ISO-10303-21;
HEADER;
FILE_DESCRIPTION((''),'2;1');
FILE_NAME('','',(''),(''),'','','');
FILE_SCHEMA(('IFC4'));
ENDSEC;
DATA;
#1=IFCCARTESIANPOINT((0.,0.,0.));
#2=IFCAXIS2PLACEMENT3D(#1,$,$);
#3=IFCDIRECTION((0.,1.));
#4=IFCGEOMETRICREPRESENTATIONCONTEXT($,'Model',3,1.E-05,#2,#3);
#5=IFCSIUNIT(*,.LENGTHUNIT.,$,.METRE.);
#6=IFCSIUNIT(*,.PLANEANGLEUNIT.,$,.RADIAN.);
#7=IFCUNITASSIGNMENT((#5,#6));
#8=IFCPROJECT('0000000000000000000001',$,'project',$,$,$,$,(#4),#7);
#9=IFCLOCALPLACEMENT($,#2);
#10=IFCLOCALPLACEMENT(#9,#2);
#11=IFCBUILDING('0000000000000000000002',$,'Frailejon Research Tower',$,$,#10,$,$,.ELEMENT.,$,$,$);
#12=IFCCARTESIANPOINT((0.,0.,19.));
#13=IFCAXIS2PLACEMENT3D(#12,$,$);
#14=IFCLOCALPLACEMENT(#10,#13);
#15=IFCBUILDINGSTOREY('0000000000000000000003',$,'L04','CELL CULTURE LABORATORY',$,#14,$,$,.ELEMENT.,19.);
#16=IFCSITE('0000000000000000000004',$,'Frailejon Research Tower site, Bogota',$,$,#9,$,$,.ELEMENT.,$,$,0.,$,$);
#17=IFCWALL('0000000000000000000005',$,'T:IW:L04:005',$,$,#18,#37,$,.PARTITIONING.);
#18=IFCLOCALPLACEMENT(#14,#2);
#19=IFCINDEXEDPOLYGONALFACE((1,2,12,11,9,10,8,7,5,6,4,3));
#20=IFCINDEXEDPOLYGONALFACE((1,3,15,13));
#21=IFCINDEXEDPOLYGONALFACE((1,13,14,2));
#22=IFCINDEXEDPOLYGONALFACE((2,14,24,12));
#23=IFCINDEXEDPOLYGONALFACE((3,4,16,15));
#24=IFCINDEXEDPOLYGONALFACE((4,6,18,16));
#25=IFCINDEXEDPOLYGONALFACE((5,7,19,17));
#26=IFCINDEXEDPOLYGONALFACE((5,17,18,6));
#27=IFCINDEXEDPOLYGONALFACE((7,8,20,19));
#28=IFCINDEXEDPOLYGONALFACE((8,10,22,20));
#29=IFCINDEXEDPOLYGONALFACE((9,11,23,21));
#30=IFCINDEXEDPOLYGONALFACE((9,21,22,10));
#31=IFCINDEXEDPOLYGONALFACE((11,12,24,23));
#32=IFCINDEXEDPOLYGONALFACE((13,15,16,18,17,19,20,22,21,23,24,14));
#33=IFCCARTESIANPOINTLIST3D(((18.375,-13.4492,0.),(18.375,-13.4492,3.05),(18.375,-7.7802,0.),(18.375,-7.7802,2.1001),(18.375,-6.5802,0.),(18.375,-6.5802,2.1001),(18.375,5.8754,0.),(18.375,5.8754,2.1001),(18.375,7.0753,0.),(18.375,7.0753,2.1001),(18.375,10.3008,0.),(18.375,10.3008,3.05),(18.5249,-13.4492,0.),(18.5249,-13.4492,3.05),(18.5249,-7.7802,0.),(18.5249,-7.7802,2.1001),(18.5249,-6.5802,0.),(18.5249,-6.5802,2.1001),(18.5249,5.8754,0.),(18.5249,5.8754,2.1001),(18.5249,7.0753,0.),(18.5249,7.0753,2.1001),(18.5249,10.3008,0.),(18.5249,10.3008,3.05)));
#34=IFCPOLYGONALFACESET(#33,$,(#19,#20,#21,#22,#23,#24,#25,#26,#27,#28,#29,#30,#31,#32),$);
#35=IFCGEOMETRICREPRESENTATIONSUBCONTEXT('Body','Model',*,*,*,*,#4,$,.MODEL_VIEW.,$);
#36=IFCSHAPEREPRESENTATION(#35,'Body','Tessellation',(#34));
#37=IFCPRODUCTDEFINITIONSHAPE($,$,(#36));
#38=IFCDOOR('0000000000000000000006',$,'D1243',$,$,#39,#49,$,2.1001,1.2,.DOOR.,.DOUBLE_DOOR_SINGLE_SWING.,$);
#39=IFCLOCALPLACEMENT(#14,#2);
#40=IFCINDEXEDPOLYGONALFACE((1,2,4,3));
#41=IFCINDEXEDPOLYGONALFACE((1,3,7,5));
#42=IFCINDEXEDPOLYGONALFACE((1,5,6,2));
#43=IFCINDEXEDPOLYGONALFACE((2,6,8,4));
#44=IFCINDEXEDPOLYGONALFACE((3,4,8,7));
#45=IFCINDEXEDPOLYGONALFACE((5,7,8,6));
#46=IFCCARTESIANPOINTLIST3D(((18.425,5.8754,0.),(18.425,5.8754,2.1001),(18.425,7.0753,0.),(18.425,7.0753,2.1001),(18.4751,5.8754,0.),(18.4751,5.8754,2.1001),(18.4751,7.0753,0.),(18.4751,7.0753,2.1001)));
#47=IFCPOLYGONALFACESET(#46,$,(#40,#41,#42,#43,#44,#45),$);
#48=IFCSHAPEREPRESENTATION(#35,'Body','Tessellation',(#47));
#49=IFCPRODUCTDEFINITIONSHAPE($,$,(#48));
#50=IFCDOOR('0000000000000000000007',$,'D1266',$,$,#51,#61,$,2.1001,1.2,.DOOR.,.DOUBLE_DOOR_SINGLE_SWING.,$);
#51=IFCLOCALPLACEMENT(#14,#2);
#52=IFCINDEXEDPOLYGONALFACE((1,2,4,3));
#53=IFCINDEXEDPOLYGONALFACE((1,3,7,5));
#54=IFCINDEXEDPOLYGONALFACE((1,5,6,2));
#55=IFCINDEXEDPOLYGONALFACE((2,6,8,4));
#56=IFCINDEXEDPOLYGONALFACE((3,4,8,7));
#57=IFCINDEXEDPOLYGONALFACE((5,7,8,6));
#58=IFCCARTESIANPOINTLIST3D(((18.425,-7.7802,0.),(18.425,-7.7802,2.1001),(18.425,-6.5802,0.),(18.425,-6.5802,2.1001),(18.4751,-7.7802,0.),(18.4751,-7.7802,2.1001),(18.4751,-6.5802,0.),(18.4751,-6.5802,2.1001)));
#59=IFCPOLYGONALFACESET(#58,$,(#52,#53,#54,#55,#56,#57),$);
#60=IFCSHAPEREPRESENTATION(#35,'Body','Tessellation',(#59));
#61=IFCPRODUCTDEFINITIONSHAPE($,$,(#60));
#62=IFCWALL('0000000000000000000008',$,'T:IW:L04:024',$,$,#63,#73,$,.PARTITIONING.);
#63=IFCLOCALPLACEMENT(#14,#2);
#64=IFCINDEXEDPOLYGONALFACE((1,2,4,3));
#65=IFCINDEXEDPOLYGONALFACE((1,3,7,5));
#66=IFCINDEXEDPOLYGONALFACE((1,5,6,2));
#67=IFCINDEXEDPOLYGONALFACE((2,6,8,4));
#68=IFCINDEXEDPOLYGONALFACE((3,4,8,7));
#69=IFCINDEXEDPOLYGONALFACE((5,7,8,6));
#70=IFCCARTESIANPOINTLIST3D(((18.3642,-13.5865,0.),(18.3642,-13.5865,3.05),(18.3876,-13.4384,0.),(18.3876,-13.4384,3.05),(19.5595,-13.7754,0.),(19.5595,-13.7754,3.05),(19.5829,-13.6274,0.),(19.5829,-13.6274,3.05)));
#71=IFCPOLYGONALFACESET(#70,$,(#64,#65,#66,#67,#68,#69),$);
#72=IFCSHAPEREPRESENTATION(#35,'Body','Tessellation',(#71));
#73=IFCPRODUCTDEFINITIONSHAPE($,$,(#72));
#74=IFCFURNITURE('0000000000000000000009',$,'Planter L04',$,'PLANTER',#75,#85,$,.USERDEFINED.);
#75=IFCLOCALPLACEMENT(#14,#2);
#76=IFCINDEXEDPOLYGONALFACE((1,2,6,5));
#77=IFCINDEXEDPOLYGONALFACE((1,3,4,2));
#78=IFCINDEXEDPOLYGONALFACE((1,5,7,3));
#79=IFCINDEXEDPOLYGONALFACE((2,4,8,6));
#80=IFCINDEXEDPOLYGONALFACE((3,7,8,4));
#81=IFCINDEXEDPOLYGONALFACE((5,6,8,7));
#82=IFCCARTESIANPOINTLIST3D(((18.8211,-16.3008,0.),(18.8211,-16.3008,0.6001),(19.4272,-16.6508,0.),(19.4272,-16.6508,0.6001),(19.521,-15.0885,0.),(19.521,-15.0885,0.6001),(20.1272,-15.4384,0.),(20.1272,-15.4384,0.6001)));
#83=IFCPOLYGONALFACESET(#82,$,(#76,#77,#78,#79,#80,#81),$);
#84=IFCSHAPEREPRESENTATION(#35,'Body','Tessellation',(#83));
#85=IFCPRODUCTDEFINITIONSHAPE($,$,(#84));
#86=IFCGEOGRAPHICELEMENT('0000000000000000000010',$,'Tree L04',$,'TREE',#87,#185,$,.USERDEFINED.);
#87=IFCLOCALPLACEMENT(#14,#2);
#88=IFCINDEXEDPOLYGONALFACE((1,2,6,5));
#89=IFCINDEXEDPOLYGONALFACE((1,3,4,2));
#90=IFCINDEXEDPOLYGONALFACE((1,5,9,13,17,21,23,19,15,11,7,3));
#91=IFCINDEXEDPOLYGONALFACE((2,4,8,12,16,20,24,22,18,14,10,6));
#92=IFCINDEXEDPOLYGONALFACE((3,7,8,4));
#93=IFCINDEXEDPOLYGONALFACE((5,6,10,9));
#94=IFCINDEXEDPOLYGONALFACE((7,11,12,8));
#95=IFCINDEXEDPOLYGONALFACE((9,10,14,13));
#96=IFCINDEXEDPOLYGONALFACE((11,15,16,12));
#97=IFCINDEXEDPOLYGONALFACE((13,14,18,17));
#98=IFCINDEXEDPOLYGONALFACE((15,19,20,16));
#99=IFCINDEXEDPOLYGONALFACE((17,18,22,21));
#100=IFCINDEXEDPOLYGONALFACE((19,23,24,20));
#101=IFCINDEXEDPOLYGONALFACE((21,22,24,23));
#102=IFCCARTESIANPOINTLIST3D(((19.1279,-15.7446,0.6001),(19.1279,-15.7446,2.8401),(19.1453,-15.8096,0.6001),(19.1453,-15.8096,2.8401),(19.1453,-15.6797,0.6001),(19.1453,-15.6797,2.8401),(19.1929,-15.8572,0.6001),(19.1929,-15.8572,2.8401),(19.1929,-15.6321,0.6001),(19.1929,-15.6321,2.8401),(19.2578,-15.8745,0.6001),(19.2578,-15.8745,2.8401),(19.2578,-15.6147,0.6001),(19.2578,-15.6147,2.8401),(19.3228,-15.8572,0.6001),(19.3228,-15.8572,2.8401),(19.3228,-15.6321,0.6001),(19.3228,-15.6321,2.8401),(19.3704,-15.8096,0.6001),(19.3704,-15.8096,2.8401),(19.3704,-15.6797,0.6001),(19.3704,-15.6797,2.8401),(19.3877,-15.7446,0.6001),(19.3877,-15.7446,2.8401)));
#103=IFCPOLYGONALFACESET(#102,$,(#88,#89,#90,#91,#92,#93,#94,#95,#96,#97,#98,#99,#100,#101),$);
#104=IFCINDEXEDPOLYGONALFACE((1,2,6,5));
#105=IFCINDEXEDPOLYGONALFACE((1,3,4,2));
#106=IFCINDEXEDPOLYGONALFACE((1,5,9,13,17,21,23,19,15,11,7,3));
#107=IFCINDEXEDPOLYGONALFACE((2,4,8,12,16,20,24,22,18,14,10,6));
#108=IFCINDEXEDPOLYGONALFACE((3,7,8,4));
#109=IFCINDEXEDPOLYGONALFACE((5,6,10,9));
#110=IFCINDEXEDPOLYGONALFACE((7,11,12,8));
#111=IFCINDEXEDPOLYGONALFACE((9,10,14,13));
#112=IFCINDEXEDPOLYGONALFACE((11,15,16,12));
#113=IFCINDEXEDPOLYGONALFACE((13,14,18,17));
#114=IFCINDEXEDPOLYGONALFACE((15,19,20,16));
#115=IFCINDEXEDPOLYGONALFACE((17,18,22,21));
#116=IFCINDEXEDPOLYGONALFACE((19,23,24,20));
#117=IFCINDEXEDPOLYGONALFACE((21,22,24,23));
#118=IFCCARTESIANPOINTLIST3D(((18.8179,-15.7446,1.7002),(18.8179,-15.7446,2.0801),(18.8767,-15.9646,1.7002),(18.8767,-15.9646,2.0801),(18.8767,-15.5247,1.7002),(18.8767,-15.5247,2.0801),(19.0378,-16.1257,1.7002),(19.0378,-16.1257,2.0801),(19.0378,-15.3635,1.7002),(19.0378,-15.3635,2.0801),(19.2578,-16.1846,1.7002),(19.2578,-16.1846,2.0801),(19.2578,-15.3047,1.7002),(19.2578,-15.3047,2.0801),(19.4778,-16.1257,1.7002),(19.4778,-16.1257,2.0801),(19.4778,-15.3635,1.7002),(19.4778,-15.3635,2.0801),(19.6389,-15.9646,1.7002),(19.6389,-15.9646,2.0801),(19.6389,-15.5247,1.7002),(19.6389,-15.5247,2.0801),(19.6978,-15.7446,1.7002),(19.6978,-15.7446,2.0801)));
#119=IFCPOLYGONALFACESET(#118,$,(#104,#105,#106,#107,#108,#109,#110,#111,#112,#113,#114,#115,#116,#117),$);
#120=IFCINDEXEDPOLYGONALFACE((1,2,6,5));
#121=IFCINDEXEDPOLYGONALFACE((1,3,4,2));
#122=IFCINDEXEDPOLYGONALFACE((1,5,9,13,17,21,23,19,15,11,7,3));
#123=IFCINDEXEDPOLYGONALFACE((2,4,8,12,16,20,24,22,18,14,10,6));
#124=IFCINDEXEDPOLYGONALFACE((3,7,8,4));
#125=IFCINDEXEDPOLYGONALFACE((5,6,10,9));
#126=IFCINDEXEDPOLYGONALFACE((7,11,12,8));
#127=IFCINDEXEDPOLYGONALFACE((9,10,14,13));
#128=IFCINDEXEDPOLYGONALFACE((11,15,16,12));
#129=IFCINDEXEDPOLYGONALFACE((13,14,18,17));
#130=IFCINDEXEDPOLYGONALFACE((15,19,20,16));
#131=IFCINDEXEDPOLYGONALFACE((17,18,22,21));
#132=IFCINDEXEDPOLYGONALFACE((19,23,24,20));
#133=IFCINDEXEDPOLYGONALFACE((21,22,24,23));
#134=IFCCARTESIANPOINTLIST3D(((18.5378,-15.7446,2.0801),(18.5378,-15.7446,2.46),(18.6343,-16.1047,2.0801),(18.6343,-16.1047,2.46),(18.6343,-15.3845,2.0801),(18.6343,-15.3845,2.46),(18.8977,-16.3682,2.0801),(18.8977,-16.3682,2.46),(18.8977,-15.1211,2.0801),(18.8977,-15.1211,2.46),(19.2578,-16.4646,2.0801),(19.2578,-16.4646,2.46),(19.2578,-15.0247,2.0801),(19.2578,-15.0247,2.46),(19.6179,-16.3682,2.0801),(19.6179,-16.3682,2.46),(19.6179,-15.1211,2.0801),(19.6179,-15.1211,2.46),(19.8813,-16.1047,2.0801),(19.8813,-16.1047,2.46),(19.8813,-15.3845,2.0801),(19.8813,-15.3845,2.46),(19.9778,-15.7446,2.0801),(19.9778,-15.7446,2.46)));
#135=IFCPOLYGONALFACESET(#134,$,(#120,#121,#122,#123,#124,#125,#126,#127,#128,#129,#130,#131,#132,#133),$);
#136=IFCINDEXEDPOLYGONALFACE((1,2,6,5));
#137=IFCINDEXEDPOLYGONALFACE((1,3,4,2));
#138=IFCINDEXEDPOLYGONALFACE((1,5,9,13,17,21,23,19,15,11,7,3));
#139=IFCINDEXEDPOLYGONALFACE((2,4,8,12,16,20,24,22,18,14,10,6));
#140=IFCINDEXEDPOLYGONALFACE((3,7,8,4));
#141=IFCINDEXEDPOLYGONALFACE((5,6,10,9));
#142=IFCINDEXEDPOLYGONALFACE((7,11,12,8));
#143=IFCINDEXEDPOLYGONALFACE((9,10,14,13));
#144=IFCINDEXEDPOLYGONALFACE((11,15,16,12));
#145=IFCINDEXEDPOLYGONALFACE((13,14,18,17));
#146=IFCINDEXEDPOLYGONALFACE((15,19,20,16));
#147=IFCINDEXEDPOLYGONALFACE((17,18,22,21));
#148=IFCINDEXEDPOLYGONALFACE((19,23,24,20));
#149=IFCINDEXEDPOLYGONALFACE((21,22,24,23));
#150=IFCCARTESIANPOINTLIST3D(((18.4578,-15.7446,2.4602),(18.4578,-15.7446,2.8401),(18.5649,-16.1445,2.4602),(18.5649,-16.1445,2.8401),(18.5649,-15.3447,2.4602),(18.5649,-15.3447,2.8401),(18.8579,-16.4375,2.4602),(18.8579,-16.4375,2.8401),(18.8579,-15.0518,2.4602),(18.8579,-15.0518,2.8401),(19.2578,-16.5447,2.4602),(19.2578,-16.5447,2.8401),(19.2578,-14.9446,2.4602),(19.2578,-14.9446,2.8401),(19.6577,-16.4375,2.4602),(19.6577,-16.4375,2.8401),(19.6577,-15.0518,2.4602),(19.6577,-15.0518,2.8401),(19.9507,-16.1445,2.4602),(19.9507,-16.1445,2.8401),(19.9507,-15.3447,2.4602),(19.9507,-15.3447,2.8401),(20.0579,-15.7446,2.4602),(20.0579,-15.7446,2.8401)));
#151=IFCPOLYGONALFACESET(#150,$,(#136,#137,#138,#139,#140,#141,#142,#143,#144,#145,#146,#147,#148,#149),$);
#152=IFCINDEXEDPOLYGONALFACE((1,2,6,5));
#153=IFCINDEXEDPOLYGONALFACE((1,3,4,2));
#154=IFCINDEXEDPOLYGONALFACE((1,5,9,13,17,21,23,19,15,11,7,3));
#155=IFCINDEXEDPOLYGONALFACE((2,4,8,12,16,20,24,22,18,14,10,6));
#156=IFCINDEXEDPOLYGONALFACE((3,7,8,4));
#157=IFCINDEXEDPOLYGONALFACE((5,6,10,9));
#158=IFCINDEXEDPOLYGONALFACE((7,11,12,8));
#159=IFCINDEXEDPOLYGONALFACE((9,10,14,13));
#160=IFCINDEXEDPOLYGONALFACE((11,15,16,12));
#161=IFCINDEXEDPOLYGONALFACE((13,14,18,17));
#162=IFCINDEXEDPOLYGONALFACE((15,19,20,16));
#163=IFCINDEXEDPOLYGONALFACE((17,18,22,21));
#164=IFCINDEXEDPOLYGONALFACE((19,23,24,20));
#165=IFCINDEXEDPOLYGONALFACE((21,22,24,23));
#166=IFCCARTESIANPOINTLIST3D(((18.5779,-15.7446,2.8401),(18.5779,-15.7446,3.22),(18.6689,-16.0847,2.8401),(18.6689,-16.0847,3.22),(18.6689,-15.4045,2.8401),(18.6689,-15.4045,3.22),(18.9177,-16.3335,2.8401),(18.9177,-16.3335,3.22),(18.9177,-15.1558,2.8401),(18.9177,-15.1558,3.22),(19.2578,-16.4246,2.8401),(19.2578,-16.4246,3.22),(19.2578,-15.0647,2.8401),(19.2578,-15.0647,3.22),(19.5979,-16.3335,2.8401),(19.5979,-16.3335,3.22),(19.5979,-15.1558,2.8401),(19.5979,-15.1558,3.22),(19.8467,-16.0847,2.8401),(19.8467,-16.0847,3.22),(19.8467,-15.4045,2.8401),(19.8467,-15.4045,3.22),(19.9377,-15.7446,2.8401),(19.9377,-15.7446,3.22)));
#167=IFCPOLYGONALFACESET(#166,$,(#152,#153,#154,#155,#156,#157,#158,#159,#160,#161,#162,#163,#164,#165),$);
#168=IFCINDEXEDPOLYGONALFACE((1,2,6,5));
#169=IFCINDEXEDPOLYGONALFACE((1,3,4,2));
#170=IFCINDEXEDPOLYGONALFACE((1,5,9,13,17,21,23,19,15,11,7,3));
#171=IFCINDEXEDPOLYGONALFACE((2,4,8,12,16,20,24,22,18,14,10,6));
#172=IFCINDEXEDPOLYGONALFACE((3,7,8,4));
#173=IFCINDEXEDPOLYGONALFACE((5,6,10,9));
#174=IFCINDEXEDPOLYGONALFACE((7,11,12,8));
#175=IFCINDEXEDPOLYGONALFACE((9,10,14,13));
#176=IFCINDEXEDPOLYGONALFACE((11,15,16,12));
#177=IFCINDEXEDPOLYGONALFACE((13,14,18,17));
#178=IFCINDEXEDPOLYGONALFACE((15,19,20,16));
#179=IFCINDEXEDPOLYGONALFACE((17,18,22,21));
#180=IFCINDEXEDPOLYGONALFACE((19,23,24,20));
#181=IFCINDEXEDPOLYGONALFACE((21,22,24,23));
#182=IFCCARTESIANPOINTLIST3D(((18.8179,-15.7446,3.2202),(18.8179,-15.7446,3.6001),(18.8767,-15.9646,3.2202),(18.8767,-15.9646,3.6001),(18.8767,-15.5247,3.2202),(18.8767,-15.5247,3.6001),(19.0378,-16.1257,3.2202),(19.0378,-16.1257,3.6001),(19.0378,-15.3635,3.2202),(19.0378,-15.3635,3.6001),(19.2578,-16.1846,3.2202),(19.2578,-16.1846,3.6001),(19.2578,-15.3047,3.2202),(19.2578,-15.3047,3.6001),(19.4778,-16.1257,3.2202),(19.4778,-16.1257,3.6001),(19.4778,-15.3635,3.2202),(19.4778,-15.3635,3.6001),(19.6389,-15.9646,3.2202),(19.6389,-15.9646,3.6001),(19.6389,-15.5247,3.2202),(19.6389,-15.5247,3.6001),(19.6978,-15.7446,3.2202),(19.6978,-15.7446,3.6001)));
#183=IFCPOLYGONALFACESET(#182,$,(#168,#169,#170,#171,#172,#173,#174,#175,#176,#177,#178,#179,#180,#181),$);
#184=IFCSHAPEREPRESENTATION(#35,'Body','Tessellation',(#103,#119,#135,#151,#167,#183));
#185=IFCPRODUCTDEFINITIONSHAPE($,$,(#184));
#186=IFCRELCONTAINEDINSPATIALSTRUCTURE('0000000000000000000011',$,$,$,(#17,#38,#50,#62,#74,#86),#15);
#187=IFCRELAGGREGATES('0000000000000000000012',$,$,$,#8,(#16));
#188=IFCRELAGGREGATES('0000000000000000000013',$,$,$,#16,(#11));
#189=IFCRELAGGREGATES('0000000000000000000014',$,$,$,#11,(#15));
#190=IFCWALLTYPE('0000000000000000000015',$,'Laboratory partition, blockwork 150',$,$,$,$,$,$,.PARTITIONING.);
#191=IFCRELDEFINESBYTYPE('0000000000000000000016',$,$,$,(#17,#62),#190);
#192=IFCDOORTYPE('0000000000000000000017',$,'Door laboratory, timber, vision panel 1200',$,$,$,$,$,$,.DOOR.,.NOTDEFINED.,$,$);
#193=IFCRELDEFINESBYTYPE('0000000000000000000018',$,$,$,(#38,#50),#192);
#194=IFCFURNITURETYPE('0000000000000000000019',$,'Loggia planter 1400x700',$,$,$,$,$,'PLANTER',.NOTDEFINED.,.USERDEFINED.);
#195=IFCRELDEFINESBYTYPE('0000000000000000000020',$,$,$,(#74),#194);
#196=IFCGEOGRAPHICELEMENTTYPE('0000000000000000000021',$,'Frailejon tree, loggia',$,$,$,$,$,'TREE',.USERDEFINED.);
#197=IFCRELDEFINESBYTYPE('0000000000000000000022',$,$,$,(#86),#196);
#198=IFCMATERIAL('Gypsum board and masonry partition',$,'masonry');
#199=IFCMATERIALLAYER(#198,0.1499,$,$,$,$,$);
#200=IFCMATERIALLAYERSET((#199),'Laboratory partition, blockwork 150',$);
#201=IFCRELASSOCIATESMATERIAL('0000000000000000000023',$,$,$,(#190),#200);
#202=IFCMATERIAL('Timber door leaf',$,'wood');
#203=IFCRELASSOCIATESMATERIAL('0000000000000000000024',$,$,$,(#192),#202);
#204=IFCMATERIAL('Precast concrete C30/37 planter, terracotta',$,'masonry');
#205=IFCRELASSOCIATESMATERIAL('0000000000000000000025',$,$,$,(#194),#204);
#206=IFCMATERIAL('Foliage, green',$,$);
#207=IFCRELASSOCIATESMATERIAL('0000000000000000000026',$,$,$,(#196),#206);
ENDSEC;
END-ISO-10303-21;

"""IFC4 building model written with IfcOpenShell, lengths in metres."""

from ifc_helpers import new_model, si_unit, direction, frame, frame_2d, origin, origin_2d, place, context, subcontext, project, spatial, polyline, rectangle, outline, extrude, material, layer, layer_set, type_object, element, fill, save


model = new_model("IFC4")

# Units and contexts
model_context = context("Model", 3, precision=1e-05, world=origin(), true_north=direction((0.0, 1.0)))
body_context = subcontext(model_context, "Body", "Model", "MODEL_VIEW")
ifc_project = project(units=[si_unit("LENGTHUNIT", "METRE"), si_unit("PLANEANGLEUNIT", "RADIAN")], contexts=[model_context])

# Site, building, storey
site_placement = place(None, origin())
site = spatial("IfcSite", under=ifc_project, at=site_placement, Name="Frailejon Research Tower site, Bogota", CompositionType="ELEMENT", RefElevation=0.0)
building_placement = place(site_placement, origin())
building = spatial("IfcBuilding", under=site, at=building_placement, Name="Frailejon Research Tower", CompositionType="ELEMENT")
storey_placement = place(building_placement, frame((0.0, 0.0, 19.0)))
storey = spatial("IfcBuildingStorey", under=building, at=storey_placement, Name="L04", Description="CELL CULTURE LABORATORY", CompositionType="ELEMENT", Elevation=19.0)

# Wall, openings, doors
ifc_material_1 = material(Name="Gypsum board and masonry partition", Category="masonry")
ifc_layer_1 = layer(ifc_material_1, 0.1499)
ifc_layer_set_1 = layer_set([ifc_layer_1], Name="Laboratory partition, blockwork 150")
wall_type_1 = type_object("IfcWallType", Name="Laboratory partition, blockwork 150", PredefinedType="PARTITIONING", material=ifc_layer_set_1)
wall_1_placement = place(storey_placement, frame((18.45, -13.4492, 0.0), z_axis=(0.0, 0.0, 1.0), x_axis=(0.0, 1.0, 0.0)))
wall_1 = element("IfcWall", 1, at=wall_1_placement, inside=storey, type_object=wall_type_1, Name="T:IW:L04:005", PredefinedType="PARTITIONING", context=body_context, shape_type="SweptSolid", body=[
    extrude(rectangle(XDim=23.75, YDim=0.1499, at=frame_2d((11.875, 0.0))), origin(), (0.0, 0.0, 1.0), 3.05),
])
opening_1_placement = place(wall_1_placement, frame((19.3245, 0.0, 0.0)))
opening_1 = element("IfcOpeningElement", 2, at=opening_1_placement, cuts=wall_1, PredefinedType="OPENING", context=body_context, shape_type="SweptSolid", body=[
    extrude(rectangle(XDim=1.2, YDim=2.1001, at=frame_2d((0.6001, 1.05))), frame((0.0, 0.085, 0.0), z_axis=(0.0, -1.0, 0.0), x_axis=(1.0, 0.0, 0.0)), (0.0, 0.0, 1.0), 0.1699),
])
opening_2_placement = place(wall_1_placement, frame((5.6689, 0.0, 0.0)))
opening_2 = element("IfcOpeningElement", 3, at=opening_2_placement, cuts=wall_1, PredefinedType="OPENING", context=body_context, shape_type="SweptSolid", body=[
    extrude(rectangle(XDim=1.2, YDim=2.1001, at=frame_2d((0.6001, 1.05))), frame((0.0, 0.085, 0.0), z_axis=(0.0, -1.0, 0.0), x_axis=(1.0, 0.0, 0.0)), (0.0, 0.0, 1.0), 0.1699),
])
ifc_material_2 = material(Name="Timber door leaf", Category="wood")
door_type_1 = type_object("IfcDoorType", Name="Door laboratory, timber, vision panel 1200", OperationType="NOTDEFINED", PredefinedType="DOOR", material=ifc_material_2)
door_1_placement = place(opening_1_placement, origin())
door_1 = element("IfcDoor", 4, at=door_1_placement, inside=storey, type_object=door_type_1, Name="D1243", OperationType="DOUBLE_DOOR_SINGLE_SWING", OverallHeight=2.1001, OverallWidth=1.2, PredefinedType="DOOR", context=body_context, shape_type="SweptSolid", body=[
    extrude(rectangle(XDim=1.2, YDim=2.1001, at=frame_2d((0.6001, 1.05))), frame((0.0, 0.0249, 0.0), z_axis=(0.0, -1.0, 0.0), x_axis=(1.0, 0.0, 0.0)), (0.0, 0.0, 1.0), 0.05),
])
fill(opening_1, door_1)
door_2_placement = place(opening_2_placement, origin())
door_2 = element("IfcDoor", 5, at=door_2_placement, inside=storey, type_object=door_type_1, Name="D1266", OperationType="DOUBLE_DOOR_SINGLE_SWING", OverallHeight=2.1001, OverallWidth=1.2, PredefinedType="DOOR", context=body_context, shape_type="SweptSolid", body=[
    extrude(rectangle(XDim=1.2, YDim=2.1001, at=frame_2d((0.6001, 1.05))), frame((0.0, 0.0249, 0.0), z_axis=(0.0, -1.0, 0.0), x_axis=(1.0, 0.0, 0.0)), (0.0, 0.0, 1.0), 0.05),
])
fill(opening_2, door_2)

# Wall
wall_2_placement = place(storey_placement, frame((18.376, -13.5125, 0.0), z_axis=(0.0, 0.0, 1.0), x_axis=(0.987734, -0.156149, 0.0)))
element("IfcWall", 6, at=wall_2_placement, inside=storey, type_object=wall_type_1, Name="T:IW:L04:024", PredefinedType="PARTITIONING", context=body_context, shape_type="SweptSolid", body=[
    extrude(rectangle(XDim=1.2102, YDim=0.1499, at=frame_2d((0.605, 0.0))), origin(), (0.0, 0.0, 1.0), 3.05),
])

# Furniture
ifc_material_3 = material(Name="Precast concrete C30/37 planter, terracotta", Category="masonry")
furniture_type = type_object("IfcFurnitureType", Name="Loggia planter 1400x700", ElementType="PLANTER", AssemblyPlace="NOTDEFINED", PredefinedType="USERDEFINED", material=ifc_material_3)
furniture_placement = place(storey_placement, frame((19.4741, -15.8696, 0.0), z_axis=(0.0, 0.0, 1.0), x_axis=(0.5, 0.866025, 0.0)))
element("IfcFurniture", 7, at=furniture_placement, inside=storey, type_object=furniture_type, Name="Planter L04", ObjectType="PLANTER", PredefinedType="USERDEFINED", context=body_context, shape_type="SweptSolid", body=[
    extrude(rectangle(XDim=1.3999, YDim=0.7, at=origin_2d()), origin(), (0.0, 0.0, 1.0), 0.6001),
])

# Geographic element
ifc_material_4 = material(Name="Foliage, green")
geographic_element_type = type_object("IfcGeographicElementType", Name="Frailejon tree, loggia", ElementType="TREE", PredefinedType="USERDEFINED", material=ifc_material_4)
geographic_element_placement = place(storey_placement, frame((19.2578, -15.7446, 0.6001)))
element("IfcGeographicElement", 8, at=geographic_element_placement, inside=storey, type_object=geographic_element_type, Name="Tree L04", ObjectType="TREE", PredefinedType="USERDEFINED", context=body_context, shape_type="SweptSolid", body=[
    extrude(outline(polyline([(0.1299, 0.0), (0.1125, 0.0649), (0.0649, 0.1125), (0.0, 0.1299), (-0.0649, 0.1125), (-0.1125, 0.0649), (-0.1299, 0.0), (-0.1125, -0.0649), (-0.0649, -0.1125), (0.0, -0.1299), (0.0649, -0.1125), (0.1125, -0.0649), (0.1299, 0.0)])), origin(), (0.0, 0.0, 1.0), 2.24),
    extrude(outline(polyline([(0.4399, 0.0), (0.3811, 0.22), (0.22, 0.3811), (0.0, 0.4399), (-0.22, 0.3811), (-0.3811, 0.22), (-0.4399, 0.0), (-0.3811, -0.22), (-0.22, -0.3811), (0.0, -0.4399), (0.22, -0.3811), (0.3811, -0.22), (0.4399, 0.0)])), frame((0.0, 0.0, 1.1001)), (0.0, 0.0, 1.0), 0.3799),
    extrude(outline(polyline([(0.72, 0.0), (0.6235, 0.3601), (0.3601, 0.6235), (0.0, 0.72), (-0.3601, 0.6235), (-0.6235, 0.3601), (-0.72, 0.0), (-0.6235, -0.3601), (-0.3601, -0.6235), (0.0, -0.72), (0.3601, -0.6235), (0.6235, -0.3601), (0.72, 0.0)])), frame((0.0, 0.0, 1.48)), (0.0, 0.0, 1.0), 0.3799),
    extrude(outline(polyline([(0.8, 0.0), (0.6929, 0.3999), (0.3999, 0.6929), (0.0, 0.8), (-0.3999, 0.6929), (-0.6929, 0.3999), (-0.8, 0.0), (-0.6929, -0.3999), (-0.3999, -0.6929), (0.0, -0.8), (0.3999, -0.6929), (0.6929, -0.3999), (0.8, 0.0)])), frame((0.0, 0.0, 1.8601)), (0.0, 0.0, 1.0), 0.3799),
    extrude(outline(polyline([(0.6799, 0.0), (0.5889, 0.3401), (0.3401, 0.5889), (0.0, 0.6799), (-0.3401, 0.5889), (-0.5889, 0.3401), (-0.6799, 0.0), (-0.5889, -0.3401), (-0.3401, -0.5889), (0.0, -0.6799), (0.3401, -0.5889), (0.5889, -0.3401), (0.6799, 0.0)])), frame((0.0, 0.0, 2.24)), (0.0, 0.0, 1.0), 0.3799),
    extrude(outline(polyline([(0.4399, 0.0), (0.3811, 0.22), (0.22, 0.3811), (0.0, 0.4399), (-0.22, 0.3811), (-0.3811, 0.22), (-0.4399, 0.0), (-0.3811, -0.22), (-0.22, -0.3811), (0.0, -0.4399), (0.22, -0.3811), (0.3811, -0.22), (0.4399, 0.0)])), frame((0.0, 0.0, 2.6201)), (0.0, 0.0, 1.0), 0.3799),
])

save(model, "model.ifc")
